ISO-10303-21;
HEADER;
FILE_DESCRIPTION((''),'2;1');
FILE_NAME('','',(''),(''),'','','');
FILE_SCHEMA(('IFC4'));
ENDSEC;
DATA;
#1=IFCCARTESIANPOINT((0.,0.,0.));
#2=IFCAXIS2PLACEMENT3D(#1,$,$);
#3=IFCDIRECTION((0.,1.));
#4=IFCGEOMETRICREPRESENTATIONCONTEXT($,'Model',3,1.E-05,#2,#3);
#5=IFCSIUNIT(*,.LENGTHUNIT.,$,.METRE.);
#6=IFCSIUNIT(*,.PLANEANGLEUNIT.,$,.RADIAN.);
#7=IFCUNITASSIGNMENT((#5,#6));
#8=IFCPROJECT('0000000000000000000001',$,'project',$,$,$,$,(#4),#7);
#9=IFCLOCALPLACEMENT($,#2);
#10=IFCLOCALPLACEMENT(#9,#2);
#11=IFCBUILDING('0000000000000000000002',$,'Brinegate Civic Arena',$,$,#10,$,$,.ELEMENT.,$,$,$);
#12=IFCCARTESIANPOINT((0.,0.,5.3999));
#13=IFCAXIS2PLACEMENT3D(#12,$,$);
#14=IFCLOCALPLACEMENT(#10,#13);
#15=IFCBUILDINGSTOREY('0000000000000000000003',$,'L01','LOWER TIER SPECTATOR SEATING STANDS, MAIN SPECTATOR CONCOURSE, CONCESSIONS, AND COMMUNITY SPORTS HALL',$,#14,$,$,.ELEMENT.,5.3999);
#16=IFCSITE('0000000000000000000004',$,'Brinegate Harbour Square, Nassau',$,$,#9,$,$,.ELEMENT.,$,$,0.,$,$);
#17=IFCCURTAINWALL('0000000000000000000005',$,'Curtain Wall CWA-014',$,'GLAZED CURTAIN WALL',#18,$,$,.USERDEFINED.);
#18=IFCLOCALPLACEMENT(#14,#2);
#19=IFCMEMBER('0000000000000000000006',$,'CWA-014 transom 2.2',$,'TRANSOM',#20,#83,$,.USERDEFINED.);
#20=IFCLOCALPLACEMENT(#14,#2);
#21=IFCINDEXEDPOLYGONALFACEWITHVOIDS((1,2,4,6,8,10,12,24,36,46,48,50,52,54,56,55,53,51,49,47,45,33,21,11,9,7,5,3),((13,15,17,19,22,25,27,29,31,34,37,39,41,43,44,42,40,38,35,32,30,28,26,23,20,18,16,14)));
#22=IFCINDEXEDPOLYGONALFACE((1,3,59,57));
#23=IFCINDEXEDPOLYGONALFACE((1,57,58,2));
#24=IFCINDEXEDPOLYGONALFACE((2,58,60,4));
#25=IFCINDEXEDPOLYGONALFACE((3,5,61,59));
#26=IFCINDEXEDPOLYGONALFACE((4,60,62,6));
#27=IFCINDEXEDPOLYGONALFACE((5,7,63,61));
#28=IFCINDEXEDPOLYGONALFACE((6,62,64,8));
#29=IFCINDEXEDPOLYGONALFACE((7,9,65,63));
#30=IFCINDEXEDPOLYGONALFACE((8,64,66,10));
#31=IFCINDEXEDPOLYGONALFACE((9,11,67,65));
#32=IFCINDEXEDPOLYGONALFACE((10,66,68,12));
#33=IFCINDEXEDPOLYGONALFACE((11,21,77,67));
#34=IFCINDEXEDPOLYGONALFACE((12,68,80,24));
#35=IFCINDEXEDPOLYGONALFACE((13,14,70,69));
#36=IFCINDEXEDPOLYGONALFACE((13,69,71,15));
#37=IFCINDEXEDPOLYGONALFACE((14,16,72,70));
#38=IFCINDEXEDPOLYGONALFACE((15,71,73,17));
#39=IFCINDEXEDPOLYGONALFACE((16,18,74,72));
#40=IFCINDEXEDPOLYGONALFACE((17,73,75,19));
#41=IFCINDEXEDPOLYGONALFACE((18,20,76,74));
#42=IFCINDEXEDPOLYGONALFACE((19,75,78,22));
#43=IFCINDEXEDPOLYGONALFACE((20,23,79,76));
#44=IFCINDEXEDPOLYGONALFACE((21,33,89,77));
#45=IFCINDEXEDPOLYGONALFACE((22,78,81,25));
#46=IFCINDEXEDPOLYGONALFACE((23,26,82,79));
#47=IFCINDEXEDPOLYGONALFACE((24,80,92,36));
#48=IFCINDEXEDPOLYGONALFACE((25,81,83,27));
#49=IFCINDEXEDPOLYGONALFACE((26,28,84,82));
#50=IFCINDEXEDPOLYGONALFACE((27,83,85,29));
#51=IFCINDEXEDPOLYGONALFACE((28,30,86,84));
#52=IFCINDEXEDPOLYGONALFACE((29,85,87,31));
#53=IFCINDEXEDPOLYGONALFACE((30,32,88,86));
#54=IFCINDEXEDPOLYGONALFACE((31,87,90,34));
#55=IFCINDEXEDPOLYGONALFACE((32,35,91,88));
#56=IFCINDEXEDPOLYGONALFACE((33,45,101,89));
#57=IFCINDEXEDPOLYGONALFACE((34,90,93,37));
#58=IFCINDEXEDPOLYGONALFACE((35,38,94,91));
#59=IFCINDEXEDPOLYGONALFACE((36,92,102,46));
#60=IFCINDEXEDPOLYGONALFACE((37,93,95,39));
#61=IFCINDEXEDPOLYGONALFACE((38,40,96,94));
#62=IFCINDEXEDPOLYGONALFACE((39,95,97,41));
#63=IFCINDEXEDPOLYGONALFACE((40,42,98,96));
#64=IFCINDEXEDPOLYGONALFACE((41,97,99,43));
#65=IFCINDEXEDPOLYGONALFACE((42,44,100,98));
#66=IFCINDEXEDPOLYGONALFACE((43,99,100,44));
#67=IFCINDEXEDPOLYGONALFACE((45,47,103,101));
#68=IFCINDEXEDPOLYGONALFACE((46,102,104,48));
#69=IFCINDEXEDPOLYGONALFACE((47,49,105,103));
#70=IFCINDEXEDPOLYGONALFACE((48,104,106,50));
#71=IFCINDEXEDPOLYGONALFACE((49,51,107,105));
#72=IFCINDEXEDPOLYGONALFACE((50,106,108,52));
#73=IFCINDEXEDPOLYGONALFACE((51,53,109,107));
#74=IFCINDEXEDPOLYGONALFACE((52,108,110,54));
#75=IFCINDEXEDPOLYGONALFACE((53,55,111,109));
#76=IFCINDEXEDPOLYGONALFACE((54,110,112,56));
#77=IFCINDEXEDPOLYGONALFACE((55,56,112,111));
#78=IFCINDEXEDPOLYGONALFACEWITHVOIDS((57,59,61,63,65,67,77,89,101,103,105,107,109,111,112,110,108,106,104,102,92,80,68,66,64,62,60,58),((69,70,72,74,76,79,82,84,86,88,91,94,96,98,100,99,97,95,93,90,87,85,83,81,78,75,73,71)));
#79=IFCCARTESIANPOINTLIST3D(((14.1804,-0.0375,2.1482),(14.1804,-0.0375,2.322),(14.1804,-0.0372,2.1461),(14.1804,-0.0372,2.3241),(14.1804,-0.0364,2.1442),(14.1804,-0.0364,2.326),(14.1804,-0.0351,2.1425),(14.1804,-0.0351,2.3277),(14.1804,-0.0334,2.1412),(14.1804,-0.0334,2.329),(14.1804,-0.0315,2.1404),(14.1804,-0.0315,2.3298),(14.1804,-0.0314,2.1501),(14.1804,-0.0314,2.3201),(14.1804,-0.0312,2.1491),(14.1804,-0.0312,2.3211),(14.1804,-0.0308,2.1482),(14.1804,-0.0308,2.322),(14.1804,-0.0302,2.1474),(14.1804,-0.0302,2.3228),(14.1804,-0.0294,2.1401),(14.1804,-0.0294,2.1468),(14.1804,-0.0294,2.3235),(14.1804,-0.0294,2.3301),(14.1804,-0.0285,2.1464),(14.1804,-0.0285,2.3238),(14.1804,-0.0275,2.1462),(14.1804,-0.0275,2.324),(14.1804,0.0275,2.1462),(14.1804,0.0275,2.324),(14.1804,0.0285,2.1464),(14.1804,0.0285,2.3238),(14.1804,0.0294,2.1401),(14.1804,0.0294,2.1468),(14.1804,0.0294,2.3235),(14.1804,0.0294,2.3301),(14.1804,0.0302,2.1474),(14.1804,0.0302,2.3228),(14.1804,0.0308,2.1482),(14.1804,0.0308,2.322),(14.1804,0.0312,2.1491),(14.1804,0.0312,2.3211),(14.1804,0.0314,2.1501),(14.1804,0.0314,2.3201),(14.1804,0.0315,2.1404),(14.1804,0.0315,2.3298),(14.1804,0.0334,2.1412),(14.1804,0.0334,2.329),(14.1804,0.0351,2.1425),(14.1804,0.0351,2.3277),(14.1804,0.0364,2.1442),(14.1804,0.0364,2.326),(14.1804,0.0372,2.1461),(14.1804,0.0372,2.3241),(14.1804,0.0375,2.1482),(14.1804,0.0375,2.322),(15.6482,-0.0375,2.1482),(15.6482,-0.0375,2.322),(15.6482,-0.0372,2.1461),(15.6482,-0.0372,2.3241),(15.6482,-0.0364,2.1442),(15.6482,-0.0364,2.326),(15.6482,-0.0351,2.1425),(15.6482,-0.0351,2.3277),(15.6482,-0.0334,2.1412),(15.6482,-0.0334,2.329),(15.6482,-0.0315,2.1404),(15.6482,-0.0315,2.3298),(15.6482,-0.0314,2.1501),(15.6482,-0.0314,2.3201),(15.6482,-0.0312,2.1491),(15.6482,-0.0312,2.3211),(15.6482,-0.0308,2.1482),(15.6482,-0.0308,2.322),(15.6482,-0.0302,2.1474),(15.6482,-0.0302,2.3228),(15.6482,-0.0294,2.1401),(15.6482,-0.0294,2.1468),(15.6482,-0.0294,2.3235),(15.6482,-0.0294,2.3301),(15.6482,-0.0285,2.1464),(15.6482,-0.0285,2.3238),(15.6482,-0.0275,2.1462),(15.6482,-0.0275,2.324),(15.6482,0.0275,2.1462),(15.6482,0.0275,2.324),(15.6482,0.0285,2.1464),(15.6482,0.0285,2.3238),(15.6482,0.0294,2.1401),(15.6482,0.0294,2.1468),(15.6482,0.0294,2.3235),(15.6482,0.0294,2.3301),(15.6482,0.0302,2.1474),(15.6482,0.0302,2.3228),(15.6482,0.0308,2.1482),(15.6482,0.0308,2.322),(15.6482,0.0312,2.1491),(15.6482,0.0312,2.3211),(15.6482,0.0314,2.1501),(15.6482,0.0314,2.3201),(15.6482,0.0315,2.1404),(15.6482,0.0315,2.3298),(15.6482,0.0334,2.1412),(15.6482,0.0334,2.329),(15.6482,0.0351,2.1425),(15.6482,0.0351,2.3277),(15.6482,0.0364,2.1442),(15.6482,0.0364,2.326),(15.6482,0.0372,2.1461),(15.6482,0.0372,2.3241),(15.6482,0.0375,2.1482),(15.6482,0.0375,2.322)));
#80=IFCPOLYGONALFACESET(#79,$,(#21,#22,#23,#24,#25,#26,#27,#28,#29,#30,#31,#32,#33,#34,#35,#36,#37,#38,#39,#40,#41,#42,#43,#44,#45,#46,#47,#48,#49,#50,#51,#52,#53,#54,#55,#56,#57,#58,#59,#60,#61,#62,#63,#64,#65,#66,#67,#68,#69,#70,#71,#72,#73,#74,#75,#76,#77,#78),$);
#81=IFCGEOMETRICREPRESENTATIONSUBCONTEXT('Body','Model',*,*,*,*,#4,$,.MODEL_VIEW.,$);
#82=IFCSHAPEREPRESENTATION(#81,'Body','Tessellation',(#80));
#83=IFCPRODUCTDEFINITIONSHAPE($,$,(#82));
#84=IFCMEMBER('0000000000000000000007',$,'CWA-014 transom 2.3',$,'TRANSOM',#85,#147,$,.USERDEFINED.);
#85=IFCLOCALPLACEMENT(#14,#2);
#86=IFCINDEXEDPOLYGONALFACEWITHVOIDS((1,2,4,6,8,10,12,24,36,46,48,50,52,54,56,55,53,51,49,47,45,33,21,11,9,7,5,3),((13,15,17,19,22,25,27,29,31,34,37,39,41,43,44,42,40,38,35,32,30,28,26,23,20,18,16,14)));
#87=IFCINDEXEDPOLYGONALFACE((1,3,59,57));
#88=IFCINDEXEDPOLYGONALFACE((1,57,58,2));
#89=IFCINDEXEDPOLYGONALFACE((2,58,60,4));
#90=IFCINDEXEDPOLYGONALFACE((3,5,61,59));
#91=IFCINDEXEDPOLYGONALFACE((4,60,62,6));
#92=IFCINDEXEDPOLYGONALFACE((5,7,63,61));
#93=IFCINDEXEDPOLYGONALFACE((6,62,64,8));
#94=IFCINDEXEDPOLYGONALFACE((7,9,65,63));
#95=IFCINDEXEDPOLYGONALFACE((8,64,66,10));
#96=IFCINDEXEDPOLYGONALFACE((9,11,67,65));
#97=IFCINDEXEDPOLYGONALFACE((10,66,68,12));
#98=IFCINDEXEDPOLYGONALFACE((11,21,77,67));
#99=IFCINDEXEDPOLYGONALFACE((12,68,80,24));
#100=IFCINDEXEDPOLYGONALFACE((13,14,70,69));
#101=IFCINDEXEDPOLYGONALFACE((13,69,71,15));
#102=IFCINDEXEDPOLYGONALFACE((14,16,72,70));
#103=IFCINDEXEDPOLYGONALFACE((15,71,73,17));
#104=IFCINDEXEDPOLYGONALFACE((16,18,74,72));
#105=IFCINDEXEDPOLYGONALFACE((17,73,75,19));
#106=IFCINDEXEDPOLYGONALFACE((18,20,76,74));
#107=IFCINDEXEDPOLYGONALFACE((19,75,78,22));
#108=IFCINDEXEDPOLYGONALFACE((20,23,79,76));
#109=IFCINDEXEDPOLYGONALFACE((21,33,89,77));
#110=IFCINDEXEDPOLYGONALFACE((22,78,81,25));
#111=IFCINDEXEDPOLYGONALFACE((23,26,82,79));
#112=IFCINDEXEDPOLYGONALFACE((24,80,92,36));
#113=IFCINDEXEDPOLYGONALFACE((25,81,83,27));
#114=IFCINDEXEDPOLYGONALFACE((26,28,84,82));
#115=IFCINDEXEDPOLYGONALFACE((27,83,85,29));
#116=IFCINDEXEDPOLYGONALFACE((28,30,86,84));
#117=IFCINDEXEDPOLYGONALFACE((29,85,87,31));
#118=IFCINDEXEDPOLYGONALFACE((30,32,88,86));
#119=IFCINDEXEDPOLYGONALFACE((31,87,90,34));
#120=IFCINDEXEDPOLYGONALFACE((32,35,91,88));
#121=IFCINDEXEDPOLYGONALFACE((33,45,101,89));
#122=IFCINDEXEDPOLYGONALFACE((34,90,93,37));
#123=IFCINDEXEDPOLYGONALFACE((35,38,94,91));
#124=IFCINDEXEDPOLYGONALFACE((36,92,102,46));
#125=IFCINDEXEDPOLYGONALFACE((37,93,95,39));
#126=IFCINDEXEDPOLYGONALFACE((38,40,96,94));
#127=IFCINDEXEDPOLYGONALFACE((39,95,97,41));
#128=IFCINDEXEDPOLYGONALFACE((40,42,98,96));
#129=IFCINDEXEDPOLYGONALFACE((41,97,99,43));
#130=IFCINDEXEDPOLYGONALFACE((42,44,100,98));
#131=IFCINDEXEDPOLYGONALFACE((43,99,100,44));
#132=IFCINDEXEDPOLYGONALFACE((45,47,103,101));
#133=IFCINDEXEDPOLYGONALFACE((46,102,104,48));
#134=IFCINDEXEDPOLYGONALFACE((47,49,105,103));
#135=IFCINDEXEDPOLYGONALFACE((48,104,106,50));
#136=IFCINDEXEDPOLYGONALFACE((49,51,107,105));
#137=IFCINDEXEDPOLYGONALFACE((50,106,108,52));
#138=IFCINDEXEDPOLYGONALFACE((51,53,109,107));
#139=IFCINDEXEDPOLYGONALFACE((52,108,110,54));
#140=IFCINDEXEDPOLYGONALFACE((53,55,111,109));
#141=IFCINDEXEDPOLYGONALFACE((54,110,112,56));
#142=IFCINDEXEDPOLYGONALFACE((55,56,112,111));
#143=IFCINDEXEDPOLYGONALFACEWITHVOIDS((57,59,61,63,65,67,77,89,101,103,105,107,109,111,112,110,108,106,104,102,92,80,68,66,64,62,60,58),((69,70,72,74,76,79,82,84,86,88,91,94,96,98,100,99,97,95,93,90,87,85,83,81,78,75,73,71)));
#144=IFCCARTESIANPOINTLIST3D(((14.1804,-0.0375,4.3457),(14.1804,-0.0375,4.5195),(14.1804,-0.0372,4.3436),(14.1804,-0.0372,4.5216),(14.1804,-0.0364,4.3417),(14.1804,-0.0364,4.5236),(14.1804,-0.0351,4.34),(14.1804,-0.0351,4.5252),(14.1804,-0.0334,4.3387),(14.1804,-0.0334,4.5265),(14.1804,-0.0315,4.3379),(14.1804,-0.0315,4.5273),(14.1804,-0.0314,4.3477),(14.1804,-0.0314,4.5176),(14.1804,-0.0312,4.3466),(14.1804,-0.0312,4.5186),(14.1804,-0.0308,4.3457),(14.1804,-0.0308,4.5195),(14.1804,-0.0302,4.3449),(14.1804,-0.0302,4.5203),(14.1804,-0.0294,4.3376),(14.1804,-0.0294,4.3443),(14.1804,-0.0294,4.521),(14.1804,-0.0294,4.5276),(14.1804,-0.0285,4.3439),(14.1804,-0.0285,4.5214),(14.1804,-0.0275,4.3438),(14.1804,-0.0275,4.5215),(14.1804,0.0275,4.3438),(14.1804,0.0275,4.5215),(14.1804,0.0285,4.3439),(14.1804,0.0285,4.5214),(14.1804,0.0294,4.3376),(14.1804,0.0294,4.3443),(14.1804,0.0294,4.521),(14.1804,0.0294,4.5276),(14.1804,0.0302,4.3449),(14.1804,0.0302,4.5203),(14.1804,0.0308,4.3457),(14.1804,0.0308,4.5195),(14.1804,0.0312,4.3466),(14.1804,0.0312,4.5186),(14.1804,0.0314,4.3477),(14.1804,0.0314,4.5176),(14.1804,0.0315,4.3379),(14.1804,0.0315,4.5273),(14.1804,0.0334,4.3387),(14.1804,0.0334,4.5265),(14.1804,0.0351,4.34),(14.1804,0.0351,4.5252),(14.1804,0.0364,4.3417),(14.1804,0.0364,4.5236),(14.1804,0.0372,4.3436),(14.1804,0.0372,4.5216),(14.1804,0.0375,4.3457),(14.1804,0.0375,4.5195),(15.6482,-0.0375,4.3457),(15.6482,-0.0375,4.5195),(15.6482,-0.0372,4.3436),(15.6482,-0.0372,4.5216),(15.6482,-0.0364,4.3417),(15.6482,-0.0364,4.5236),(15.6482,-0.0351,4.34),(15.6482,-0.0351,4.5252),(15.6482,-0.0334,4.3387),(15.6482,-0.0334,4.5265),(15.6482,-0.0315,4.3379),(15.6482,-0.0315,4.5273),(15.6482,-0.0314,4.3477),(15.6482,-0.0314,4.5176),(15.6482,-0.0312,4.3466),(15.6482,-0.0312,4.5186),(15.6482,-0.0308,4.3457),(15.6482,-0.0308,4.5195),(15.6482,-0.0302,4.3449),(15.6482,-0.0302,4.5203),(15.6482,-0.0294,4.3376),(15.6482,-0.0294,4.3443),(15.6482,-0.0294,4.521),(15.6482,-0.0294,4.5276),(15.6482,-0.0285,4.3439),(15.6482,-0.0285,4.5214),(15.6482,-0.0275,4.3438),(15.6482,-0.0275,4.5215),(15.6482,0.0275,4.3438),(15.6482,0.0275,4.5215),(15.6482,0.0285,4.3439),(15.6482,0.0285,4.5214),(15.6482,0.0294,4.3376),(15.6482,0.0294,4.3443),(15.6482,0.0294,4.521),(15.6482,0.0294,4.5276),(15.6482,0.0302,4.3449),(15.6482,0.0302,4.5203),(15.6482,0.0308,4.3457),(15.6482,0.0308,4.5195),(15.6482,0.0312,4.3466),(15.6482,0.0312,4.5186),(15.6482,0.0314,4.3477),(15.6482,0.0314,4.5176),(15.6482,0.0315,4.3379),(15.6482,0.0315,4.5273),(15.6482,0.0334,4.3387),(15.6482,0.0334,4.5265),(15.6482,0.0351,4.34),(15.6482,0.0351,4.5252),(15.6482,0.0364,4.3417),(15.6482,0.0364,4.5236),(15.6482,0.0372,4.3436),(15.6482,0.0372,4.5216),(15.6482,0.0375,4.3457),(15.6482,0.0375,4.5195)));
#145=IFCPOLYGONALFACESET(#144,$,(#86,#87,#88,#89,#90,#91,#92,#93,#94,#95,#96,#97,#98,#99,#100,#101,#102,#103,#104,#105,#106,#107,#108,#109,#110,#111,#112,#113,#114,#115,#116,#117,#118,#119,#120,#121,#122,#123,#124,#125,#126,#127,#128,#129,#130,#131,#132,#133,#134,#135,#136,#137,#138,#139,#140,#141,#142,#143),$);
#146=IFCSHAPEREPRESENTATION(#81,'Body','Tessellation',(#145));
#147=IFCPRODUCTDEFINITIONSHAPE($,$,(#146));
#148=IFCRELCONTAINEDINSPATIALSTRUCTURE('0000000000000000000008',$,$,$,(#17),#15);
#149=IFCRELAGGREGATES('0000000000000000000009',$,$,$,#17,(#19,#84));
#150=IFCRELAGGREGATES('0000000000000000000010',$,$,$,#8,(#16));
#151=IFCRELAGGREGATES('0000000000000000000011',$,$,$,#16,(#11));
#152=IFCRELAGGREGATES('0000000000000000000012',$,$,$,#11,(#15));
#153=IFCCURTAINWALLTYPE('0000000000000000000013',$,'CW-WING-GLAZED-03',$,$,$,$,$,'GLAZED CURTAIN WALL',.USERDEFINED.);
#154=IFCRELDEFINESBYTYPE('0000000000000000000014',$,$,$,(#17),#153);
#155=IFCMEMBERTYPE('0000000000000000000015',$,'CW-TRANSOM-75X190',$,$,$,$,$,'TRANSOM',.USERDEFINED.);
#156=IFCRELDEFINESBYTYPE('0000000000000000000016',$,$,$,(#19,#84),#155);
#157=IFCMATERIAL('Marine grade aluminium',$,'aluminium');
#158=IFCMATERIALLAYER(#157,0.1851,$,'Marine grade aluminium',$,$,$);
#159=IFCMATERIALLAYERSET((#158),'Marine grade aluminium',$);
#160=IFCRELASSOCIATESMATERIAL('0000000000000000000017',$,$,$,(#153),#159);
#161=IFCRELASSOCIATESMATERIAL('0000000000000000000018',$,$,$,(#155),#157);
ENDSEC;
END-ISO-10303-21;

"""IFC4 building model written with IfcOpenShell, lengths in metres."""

from ifc_helpers import new_model, si_unit, direction, frame, origin, origin_2d, place, context, subcontext, project, spatial, hollow_rectangle, extrude, material, layer, layer_set, material_profile, profile_set, type_object, element, aggregate, save


model = new_model("IFC4")

# Units and contexts
model_context = context("Model", 3, precision=1e-05, world=origin(), true_north=direction((0.0, 1.0)))
body_context = subcontext(model_context, "Body", "Model", "MODEL_VIEW")
ifc_project = project(units=[si_unit("LENGTHUNIT", "METRE"), si_unit("PLANEANGLEUNIT", "RADIAN")], contexts=[model_context])

# Site, building, storey
site_placement = place(None, origin())
site = spatial("IfcSite", under=ifc_project, at=site_placement, Name="Brinegate Harbour Square, Nassau", CompositionType="ELEMENT", RefElevation=0.0)
building_placement = place(site_placement, origin())
building = spatial("IfcBuilding", under=site, at=building_placement, Name="Brinegate Civic Arena", CompositionType="ELEMENT")
storey_placement = place(building_placement, frame((0.0, 0.0, 5.3999)))
storey = spatial("IfcBuildingStorey", under=building, at=storey_placement, Name="L01", Description="LOWER TIER SPECTATOR SEATING STANDS, MAIN SPECTATOR CONCOURSE, CONCESSIONS, AND COMMUNITY SPORTS HALL", CompositionType="ELEMENT", Elevation=5.3999)

# Curtain wall, members
ifc_material_1 = material(Name="Marine grade aluminium", Category="aluminium")
ifc_layer_1 = layer(ifc_material_1, 0.1851, Name="Marine grade aluminium")
ifc_layer_set_1 = layer_set([ifc_layer_1], Name="Marine grade aluminium")
curtain_wall_type = type_object("IfcCurtainWallType", Name="CW-WING-GLAZED-03", ElementType="GLAZED CURTAIN WALL", PredefinedType="USERDEFINED", material=ifc_layer_set_1)
curtain_wall_placement = place(storey_placement, origin())
curtain_wall = element("IfcCurtainWall", 1, at=curtain_wall_placement, inside=storey, type_object=curtain_wall_type, Name="Curtain Wall CWA-014", ObjectType="GLAZED CURTAIN WALL", PredefinedType="USERDEFINED")
ifc_material_profile_1 = material_profile(ifc_material_1, hollow_rectangle(XDim=0.075, YDim=0.1899, WallThickness=0.0061, InnerFilletRadius=0.0039, OuterFilletRadius=0.0081, at=origin_2d()), Name="TRN75X190")
ifc_profile_set_1 = profile_set([ifc_material_profile_1], Name="Marine grade aluminium")
member_type_1 = type_object("IfcMemberType", Name="CW-TRANSOM-75X190", ElementType="TRANSOM", PredefinedType="USERDEFINED", material=ifc_profile_set_1)
member_1_placement = place(storey_placement, frame((14.1804, 0.0, 2.2351), z_axis=(1.0, 0.0, 0.0), x_axis=(0.0, 1.0, 0.0)))
member_1 = element("IfcMember", 2, at=member_1_placement, type_object=member_type_1, Name="CWA-014 transom 2.2", ObjectType="TRANSOM", PredefinedType="USERDEFINED", context=body_context, shape_type="SweptSolid", body=[
    extrude(hollow_rectangle(XDim=0.075, YDim=0.1899, WallThickness=0.0061, InnerFilletRadius=0.0039, OuterFilletRadius=0.0081, at=origin_2d()), origin(), (0.0, 0.0, 1.0), 1.4678),
])
member_2_placement = place(storey_placement, frame((14.1804, 0.0, 4.4326), z_axis=(1.0, 0.0, 0.0), x_axis=(0.0, 1.0, 0.0)))
member_2 = element("IfcMember", 3, at=member_2_placement, type_object=member_type_1, Name="CWA-014 transom 2.3", ObjectType="TRANSOM", PredefinedType="USERDEFINED", context=body_context, shape_type="SweptSolid", body=[
    extrude(hollow_rectangle(XDim=0.075, YDim=0.1899, WallThickness=0.0061, InnerFilletRadius=0.0039, OuterFilletRadius=0.0081, at=origin_2d()), origin(), (0.0, 0.0, 1.0), 1.4678),
])
aggregate(curtain_wall, [member_1, member_2])

save(model, "model.ifc")
